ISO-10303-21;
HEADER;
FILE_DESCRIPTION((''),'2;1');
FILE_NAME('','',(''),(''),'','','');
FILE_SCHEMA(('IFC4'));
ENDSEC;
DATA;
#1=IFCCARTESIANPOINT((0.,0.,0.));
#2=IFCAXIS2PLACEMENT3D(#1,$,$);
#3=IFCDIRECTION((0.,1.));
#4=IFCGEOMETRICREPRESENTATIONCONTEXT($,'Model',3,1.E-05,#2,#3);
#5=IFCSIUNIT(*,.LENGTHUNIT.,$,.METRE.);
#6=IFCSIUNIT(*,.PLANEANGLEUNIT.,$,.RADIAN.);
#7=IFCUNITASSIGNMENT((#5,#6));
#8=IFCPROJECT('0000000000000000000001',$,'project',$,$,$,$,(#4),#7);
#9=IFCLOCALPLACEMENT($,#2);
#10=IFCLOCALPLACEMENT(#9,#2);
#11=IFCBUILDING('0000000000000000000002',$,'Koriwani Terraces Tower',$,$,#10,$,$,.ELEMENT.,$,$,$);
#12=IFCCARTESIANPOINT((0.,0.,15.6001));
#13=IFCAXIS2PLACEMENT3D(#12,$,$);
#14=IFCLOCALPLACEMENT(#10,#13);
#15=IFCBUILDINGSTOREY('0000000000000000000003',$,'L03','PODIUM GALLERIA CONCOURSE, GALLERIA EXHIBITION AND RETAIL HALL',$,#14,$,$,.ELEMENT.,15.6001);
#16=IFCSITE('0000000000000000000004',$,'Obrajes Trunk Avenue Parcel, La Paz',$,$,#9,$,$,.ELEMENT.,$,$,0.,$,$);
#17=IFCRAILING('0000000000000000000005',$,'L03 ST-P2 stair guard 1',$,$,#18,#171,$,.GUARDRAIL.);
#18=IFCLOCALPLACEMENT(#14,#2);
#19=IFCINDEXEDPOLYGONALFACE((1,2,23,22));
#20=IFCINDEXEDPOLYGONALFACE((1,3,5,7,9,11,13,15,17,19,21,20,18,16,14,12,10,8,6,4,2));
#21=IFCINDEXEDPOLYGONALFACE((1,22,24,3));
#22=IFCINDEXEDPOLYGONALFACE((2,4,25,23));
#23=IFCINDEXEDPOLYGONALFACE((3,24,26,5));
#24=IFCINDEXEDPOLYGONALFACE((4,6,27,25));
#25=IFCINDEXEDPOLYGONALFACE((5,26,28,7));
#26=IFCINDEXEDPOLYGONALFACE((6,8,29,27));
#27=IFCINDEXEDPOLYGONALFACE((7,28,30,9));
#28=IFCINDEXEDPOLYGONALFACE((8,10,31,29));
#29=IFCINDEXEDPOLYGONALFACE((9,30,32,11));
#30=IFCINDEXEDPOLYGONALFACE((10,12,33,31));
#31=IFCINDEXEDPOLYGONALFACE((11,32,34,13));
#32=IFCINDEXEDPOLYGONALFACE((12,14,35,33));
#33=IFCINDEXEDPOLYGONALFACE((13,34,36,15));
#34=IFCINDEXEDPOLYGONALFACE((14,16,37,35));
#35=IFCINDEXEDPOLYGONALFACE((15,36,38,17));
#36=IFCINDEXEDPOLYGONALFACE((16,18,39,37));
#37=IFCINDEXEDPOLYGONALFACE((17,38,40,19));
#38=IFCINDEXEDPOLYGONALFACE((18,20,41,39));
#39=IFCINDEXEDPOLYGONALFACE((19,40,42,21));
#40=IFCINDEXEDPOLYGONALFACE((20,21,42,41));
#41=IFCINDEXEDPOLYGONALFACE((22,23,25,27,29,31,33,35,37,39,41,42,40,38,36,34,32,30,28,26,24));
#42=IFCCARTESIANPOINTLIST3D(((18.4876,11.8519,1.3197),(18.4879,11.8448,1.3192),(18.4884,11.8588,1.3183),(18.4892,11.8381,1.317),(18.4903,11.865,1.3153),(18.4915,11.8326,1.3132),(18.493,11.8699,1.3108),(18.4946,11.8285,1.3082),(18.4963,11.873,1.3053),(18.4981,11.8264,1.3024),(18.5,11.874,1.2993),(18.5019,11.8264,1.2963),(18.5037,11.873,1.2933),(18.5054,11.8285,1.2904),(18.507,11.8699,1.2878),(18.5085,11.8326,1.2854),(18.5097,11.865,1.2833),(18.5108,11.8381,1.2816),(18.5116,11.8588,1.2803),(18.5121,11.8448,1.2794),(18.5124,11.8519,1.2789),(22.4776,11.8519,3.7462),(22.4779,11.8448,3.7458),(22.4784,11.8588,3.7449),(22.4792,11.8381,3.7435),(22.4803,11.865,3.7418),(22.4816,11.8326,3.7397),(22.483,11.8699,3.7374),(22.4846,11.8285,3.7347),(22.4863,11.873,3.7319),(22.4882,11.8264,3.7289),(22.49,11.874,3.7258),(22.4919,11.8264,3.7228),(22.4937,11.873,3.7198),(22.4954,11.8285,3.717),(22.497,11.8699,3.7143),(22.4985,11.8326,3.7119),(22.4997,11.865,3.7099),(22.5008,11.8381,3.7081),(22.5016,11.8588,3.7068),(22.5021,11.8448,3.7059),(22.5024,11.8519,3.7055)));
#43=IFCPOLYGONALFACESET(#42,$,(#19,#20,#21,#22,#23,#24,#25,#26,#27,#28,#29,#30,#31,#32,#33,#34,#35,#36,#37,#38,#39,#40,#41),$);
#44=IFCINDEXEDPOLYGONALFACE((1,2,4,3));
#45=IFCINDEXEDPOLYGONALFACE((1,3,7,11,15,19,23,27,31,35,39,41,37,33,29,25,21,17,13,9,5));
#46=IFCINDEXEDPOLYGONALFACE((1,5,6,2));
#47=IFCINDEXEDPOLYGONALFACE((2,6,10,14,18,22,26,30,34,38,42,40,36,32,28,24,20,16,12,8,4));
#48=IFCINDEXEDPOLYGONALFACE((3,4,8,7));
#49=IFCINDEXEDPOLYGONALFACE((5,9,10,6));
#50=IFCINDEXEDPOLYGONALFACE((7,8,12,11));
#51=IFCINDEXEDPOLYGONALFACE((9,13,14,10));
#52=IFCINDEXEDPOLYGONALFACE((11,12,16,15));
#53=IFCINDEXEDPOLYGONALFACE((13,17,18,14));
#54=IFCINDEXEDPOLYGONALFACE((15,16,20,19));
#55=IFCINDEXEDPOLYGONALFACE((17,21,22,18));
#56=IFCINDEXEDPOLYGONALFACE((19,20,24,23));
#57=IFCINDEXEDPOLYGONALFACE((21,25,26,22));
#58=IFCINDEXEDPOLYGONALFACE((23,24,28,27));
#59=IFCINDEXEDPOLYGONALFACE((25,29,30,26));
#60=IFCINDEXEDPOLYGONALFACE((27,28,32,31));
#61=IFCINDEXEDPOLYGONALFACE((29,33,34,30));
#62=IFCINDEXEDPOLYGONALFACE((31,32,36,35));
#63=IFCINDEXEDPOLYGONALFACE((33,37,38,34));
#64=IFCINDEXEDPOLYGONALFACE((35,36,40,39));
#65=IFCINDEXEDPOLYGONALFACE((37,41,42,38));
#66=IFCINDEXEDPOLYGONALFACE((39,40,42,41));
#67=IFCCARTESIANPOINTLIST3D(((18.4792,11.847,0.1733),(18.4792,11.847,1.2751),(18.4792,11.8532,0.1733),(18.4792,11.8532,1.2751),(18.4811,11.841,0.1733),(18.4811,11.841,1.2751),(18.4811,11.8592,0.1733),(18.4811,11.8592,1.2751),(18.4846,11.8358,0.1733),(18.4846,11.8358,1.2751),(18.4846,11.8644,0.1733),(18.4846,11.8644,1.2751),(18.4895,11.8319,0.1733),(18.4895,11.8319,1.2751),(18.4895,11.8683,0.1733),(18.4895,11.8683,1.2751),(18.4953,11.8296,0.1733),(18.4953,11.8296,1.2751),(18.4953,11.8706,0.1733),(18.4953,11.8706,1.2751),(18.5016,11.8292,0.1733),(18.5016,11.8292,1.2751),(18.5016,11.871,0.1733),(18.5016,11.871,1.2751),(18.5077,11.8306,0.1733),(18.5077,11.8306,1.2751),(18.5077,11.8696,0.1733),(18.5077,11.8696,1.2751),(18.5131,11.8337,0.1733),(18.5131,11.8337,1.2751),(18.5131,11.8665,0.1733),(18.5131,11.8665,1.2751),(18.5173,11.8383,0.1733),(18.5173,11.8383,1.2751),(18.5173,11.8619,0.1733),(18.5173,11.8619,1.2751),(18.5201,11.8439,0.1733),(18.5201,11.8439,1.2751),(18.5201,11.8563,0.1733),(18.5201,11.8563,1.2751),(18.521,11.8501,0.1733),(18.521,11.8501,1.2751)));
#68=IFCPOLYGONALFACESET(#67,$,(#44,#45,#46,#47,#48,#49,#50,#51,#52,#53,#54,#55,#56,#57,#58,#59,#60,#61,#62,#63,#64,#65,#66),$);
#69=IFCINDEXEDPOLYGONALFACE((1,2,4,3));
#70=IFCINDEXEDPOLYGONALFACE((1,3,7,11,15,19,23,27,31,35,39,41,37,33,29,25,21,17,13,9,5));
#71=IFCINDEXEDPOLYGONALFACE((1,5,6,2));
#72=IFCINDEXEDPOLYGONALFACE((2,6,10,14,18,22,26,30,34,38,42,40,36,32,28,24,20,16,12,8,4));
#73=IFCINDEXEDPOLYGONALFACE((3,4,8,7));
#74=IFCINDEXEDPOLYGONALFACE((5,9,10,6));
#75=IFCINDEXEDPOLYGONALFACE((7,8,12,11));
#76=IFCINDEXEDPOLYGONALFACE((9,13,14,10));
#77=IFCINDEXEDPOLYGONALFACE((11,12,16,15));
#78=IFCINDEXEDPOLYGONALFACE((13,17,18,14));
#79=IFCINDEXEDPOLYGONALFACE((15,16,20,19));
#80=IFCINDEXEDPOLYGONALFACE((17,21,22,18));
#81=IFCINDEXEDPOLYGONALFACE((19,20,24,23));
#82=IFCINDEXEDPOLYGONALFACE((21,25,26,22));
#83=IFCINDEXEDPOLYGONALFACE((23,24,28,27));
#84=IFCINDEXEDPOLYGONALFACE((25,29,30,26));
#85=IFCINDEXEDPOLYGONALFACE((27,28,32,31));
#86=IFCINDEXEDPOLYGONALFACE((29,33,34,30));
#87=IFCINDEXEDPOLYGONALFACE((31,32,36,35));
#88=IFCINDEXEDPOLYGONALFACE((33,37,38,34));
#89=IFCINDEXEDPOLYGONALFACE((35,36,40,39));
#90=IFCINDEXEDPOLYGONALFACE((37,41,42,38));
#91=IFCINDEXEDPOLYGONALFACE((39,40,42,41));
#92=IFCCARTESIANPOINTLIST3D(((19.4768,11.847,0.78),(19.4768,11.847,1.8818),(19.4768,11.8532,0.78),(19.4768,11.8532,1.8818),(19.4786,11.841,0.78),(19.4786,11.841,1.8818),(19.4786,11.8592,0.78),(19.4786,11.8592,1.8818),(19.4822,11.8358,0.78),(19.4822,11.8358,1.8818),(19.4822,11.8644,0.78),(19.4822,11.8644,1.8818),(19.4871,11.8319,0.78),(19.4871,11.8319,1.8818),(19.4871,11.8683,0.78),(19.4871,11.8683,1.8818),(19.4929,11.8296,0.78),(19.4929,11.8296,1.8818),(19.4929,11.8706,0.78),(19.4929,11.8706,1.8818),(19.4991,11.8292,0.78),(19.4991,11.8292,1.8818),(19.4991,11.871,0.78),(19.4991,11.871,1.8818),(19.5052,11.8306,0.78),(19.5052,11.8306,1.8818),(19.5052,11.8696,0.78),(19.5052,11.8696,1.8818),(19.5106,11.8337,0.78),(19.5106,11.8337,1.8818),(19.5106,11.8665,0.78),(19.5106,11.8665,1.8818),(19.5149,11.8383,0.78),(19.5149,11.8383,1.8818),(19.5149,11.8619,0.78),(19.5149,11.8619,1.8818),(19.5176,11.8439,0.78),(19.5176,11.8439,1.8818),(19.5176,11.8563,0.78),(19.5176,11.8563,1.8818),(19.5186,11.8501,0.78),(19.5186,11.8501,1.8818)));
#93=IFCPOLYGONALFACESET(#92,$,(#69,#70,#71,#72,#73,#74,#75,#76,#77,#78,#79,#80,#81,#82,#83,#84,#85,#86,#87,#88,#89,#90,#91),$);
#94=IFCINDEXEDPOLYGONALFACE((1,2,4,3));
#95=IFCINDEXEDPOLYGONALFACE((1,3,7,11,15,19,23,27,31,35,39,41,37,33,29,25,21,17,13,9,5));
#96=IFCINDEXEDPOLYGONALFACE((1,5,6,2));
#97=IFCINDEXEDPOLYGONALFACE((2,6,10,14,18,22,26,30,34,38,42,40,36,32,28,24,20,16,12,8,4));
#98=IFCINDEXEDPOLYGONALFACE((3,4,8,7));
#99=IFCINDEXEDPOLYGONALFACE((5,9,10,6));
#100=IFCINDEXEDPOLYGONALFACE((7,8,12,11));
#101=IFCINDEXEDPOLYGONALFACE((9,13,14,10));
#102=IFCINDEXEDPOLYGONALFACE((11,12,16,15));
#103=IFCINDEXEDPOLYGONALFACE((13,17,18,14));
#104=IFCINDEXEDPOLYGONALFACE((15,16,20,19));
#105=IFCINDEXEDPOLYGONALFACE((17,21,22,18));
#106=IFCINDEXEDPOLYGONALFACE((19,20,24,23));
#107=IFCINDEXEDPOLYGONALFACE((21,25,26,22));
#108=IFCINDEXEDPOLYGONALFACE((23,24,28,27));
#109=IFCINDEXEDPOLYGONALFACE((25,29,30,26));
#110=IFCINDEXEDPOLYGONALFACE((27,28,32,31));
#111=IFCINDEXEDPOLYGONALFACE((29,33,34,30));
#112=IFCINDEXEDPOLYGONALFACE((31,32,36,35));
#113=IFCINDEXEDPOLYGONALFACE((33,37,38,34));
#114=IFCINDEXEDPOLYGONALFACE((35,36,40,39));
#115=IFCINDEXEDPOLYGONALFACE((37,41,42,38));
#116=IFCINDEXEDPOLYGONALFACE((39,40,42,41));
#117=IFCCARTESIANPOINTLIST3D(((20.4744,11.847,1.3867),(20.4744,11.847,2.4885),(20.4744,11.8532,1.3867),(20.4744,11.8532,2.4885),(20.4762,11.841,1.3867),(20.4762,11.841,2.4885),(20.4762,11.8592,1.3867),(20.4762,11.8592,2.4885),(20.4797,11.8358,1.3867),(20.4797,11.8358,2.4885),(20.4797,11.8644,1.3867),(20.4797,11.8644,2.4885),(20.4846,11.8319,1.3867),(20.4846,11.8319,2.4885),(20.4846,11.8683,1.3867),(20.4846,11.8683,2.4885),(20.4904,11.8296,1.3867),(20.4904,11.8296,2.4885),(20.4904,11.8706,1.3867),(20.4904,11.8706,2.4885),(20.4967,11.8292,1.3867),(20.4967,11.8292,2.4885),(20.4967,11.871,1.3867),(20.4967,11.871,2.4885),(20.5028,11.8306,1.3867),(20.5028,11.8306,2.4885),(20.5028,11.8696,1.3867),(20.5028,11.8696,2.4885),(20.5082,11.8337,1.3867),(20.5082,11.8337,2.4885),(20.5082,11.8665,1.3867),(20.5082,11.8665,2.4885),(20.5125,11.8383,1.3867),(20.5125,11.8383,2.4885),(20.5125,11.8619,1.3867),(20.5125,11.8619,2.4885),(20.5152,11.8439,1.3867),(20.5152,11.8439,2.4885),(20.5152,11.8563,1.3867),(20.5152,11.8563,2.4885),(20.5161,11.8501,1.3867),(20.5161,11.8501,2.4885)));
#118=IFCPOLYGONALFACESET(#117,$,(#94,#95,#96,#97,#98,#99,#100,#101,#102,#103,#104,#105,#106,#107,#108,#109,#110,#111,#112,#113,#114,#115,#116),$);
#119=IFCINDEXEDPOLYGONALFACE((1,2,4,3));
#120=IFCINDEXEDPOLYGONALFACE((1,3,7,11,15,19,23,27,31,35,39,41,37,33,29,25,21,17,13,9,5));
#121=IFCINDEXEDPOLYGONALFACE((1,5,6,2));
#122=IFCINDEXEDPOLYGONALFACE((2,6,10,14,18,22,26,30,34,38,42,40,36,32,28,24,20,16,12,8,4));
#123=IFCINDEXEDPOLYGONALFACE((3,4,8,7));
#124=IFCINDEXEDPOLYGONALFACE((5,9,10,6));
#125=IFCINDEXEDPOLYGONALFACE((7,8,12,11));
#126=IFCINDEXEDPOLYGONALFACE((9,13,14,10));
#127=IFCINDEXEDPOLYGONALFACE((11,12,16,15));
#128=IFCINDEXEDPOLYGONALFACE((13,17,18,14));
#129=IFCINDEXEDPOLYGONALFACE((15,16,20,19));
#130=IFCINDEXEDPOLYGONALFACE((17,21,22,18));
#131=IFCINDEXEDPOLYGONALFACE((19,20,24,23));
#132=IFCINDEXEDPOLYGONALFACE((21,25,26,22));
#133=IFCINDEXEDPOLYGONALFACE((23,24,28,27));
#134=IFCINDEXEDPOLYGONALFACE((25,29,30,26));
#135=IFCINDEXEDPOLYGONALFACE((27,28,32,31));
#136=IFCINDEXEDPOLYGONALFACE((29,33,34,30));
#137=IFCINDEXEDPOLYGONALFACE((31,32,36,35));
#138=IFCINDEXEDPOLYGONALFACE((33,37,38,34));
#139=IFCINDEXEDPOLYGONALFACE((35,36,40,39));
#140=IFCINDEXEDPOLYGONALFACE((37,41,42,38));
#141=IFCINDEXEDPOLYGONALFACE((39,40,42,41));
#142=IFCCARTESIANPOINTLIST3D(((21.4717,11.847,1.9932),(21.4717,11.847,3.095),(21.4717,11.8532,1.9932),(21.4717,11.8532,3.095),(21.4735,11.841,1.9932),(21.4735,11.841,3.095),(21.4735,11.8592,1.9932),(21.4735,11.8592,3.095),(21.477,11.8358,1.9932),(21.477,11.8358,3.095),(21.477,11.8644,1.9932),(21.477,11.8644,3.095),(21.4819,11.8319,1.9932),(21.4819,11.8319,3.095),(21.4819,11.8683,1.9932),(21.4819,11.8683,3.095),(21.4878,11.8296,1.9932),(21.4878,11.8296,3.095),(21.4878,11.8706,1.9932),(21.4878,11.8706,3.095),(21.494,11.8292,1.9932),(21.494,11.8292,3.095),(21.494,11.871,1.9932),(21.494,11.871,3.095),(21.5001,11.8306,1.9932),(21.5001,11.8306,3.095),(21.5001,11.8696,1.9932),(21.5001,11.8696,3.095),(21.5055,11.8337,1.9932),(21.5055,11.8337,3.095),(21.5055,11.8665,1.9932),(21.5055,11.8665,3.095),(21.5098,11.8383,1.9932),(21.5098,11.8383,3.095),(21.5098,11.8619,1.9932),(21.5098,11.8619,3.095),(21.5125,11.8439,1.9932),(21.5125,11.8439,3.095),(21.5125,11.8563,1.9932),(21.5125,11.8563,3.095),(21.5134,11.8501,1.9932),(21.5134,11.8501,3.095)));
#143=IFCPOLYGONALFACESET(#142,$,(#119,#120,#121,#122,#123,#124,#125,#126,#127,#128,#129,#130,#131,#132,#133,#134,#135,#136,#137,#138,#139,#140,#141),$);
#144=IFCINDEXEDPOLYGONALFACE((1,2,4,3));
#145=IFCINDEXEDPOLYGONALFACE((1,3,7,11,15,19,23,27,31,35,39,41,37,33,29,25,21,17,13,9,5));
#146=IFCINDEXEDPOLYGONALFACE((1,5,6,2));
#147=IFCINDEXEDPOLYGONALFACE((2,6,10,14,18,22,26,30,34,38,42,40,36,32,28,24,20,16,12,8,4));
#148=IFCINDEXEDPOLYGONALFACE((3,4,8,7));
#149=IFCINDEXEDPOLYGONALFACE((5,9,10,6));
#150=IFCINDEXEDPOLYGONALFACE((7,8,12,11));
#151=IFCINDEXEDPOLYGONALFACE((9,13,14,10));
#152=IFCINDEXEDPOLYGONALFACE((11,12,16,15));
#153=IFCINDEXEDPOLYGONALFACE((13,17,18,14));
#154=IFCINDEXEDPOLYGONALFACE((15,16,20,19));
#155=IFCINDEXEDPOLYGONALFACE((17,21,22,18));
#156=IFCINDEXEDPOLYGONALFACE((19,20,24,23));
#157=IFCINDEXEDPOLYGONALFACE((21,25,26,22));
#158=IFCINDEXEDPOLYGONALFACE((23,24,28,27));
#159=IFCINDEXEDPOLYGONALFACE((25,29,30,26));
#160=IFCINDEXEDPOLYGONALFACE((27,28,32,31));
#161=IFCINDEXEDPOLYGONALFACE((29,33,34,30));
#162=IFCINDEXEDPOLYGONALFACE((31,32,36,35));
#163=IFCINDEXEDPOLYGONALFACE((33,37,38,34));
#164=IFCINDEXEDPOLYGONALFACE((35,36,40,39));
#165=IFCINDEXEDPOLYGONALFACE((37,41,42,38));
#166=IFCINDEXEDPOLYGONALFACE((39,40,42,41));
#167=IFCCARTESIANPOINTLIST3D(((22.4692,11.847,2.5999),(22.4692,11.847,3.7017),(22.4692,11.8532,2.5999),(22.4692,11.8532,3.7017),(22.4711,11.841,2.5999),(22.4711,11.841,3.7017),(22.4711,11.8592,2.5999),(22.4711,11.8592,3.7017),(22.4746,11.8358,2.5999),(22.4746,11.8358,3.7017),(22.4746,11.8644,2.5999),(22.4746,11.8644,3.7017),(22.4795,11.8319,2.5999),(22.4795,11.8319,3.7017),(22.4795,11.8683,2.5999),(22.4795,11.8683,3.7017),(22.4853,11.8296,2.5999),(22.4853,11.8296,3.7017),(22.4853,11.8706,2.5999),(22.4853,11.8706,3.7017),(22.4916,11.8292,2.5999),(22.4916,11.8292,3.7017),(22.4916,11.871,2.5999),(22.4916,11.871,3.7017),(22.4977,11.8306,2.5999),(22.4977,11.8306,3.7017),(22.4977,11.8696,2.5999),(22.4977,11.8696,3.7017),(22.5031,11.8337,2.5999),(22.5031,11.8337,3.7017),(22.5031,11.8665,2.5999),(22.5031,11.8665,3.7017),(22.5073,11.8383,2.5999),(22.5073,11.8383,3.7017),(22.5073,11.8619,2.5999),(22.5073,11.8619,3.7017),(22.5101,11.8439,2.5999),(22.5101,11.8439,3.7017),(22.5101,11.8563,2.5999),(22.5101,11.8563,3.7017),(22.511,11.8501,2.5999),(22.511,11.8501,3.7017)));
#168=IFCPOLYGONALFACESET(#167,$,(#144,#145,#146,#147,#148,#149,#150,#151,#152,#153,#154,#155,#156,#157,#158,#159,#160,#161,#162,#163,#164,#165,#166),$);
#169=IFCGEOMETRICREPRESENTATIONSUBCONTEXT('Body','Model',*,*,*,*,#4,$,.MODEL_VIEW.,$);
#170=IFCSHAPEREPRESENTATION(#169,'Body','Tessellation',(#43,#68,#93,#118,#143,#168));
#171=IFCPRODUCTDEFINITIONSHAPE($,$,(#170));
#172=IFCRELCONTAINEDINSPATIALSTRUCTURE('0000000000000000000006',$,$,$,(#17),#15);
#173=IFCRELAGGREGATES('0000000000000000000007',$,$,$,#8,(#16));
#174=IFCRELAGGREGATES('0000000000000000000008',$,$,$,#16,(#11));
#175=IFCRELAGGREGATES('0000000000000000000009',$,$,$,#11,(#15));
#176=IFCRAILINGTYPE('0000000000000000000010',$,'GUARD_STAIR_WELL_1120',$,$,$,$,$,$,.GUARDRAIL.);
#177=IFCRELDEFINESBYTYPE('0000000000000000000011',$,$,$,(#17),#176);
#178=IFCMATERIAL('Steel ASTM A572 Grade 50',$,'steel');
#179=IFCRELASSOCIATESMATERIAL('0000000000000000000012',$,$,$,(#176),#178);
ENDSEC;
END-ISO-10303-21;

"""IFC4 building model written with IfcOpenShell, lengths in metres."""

from ifc_helpers import new_model, si_unit, direction, frame, origin, origin_2d, place, context, subcontext, project, spatial, circle, extrude, material, type_object, element, save


model = new_model("IFC4")

# Units and contexts
model_context = context("Model", 3, precision=1e-05, world=origin(), true_north=direction((0.0, 1.0)))
body_context = subcontext(model_context, "Body", "Model", "MODEL_VIEW")
ifc_project = project(units=[si_unit("LENGTHUNIT", "METRE"), si_unit("PLANEANGLEUNIT", "RADIAN")], contexts=[model_context])

# Site, building, storey
site_placement = place(None, origin())
site = spatial("IfcSite", under=ifc_project, at=site_placement, Name="Obrajes Trunk Avenue Parcel, La Paz", CompositionType="ELEMENT", RefElevation=0.0)
building_placement = place(site_placement, origin())
building = spatial("IfcBuilding", under=site, at=building_placement, Name="Koriwani Terraces Tower", CompositionType="ELEMENT")
storey_placement = place(building_placement, frame((0.0, 0.0, 15.6001)))
storey = spatial("IfcBuildingStorey", under=building, at=storey_placement, Name="L03", Description="PODIUM GALLERIA CONCOURSE, GALLERIA EXHIBITION AND RETAIL HALL", CompositionType="ELEMENT", Elevation=15.6001)

# Shared definitions
ifc_material_1 = material(Name="Steel ASTM A572 Grade 50", Category="steel")

# Railing
railing_type_1 = type_object("IfcRailingType", Name="GUARD_STAIR_WELL_1120", PredefinedType="GUARDRAIL", material=ifc_material_1)
railing_1_placement = place(storey_placement, frame((18.5, 11.8501, 0.1733)))
element("IfcRailing", 1, at=railing_1_placement, inside=storey, type_object=railing_type_1, Name="L03 ST-P2 stair guard 1", PredefinedType="GUARDRAIL", context=body_context, shape_type="SweptSolid", body=[
    extrude(circle(Radius=0.0239, at=origin_2d()), frame((0.0, 0.0, 1.126), z_axis=(0.854405, 0.0, 0.519607), x_axis=(0.0, 1.0, 0.0)), (0.0, 0.0, 1.0), 4.6699),
    extrude(circle(Radius=0.021, at=origin_2d()), origin(), (0.0, 0.0, 1.0), 1.1018),
    extrude(circle(Radius=0.021, at=origin_2d()), frame((0.9976, 0.0, 0.6067)), (0.0, 0.0, 1.0), 1.1018),
    extrude(circle(Radius=0.021, at=origin_2d()), frame((1.9951, 0.0, 1.2134)), (0.0, 0.0, 1.0), 1.1018),
    extrude(circle(Radius=0.021, at=origin_2d()), frame((2.9924, 0.0, 1.8198)), (0.0, 0.0, 1.0), 1.1018),
    extrude(circle(Radius=0.021, at=origin_2d()), frame((3.99, 0.0, 2.4265)), (0.0, 0.0, 1.0), 1.1018),
])

save(model, "model.ifc")
